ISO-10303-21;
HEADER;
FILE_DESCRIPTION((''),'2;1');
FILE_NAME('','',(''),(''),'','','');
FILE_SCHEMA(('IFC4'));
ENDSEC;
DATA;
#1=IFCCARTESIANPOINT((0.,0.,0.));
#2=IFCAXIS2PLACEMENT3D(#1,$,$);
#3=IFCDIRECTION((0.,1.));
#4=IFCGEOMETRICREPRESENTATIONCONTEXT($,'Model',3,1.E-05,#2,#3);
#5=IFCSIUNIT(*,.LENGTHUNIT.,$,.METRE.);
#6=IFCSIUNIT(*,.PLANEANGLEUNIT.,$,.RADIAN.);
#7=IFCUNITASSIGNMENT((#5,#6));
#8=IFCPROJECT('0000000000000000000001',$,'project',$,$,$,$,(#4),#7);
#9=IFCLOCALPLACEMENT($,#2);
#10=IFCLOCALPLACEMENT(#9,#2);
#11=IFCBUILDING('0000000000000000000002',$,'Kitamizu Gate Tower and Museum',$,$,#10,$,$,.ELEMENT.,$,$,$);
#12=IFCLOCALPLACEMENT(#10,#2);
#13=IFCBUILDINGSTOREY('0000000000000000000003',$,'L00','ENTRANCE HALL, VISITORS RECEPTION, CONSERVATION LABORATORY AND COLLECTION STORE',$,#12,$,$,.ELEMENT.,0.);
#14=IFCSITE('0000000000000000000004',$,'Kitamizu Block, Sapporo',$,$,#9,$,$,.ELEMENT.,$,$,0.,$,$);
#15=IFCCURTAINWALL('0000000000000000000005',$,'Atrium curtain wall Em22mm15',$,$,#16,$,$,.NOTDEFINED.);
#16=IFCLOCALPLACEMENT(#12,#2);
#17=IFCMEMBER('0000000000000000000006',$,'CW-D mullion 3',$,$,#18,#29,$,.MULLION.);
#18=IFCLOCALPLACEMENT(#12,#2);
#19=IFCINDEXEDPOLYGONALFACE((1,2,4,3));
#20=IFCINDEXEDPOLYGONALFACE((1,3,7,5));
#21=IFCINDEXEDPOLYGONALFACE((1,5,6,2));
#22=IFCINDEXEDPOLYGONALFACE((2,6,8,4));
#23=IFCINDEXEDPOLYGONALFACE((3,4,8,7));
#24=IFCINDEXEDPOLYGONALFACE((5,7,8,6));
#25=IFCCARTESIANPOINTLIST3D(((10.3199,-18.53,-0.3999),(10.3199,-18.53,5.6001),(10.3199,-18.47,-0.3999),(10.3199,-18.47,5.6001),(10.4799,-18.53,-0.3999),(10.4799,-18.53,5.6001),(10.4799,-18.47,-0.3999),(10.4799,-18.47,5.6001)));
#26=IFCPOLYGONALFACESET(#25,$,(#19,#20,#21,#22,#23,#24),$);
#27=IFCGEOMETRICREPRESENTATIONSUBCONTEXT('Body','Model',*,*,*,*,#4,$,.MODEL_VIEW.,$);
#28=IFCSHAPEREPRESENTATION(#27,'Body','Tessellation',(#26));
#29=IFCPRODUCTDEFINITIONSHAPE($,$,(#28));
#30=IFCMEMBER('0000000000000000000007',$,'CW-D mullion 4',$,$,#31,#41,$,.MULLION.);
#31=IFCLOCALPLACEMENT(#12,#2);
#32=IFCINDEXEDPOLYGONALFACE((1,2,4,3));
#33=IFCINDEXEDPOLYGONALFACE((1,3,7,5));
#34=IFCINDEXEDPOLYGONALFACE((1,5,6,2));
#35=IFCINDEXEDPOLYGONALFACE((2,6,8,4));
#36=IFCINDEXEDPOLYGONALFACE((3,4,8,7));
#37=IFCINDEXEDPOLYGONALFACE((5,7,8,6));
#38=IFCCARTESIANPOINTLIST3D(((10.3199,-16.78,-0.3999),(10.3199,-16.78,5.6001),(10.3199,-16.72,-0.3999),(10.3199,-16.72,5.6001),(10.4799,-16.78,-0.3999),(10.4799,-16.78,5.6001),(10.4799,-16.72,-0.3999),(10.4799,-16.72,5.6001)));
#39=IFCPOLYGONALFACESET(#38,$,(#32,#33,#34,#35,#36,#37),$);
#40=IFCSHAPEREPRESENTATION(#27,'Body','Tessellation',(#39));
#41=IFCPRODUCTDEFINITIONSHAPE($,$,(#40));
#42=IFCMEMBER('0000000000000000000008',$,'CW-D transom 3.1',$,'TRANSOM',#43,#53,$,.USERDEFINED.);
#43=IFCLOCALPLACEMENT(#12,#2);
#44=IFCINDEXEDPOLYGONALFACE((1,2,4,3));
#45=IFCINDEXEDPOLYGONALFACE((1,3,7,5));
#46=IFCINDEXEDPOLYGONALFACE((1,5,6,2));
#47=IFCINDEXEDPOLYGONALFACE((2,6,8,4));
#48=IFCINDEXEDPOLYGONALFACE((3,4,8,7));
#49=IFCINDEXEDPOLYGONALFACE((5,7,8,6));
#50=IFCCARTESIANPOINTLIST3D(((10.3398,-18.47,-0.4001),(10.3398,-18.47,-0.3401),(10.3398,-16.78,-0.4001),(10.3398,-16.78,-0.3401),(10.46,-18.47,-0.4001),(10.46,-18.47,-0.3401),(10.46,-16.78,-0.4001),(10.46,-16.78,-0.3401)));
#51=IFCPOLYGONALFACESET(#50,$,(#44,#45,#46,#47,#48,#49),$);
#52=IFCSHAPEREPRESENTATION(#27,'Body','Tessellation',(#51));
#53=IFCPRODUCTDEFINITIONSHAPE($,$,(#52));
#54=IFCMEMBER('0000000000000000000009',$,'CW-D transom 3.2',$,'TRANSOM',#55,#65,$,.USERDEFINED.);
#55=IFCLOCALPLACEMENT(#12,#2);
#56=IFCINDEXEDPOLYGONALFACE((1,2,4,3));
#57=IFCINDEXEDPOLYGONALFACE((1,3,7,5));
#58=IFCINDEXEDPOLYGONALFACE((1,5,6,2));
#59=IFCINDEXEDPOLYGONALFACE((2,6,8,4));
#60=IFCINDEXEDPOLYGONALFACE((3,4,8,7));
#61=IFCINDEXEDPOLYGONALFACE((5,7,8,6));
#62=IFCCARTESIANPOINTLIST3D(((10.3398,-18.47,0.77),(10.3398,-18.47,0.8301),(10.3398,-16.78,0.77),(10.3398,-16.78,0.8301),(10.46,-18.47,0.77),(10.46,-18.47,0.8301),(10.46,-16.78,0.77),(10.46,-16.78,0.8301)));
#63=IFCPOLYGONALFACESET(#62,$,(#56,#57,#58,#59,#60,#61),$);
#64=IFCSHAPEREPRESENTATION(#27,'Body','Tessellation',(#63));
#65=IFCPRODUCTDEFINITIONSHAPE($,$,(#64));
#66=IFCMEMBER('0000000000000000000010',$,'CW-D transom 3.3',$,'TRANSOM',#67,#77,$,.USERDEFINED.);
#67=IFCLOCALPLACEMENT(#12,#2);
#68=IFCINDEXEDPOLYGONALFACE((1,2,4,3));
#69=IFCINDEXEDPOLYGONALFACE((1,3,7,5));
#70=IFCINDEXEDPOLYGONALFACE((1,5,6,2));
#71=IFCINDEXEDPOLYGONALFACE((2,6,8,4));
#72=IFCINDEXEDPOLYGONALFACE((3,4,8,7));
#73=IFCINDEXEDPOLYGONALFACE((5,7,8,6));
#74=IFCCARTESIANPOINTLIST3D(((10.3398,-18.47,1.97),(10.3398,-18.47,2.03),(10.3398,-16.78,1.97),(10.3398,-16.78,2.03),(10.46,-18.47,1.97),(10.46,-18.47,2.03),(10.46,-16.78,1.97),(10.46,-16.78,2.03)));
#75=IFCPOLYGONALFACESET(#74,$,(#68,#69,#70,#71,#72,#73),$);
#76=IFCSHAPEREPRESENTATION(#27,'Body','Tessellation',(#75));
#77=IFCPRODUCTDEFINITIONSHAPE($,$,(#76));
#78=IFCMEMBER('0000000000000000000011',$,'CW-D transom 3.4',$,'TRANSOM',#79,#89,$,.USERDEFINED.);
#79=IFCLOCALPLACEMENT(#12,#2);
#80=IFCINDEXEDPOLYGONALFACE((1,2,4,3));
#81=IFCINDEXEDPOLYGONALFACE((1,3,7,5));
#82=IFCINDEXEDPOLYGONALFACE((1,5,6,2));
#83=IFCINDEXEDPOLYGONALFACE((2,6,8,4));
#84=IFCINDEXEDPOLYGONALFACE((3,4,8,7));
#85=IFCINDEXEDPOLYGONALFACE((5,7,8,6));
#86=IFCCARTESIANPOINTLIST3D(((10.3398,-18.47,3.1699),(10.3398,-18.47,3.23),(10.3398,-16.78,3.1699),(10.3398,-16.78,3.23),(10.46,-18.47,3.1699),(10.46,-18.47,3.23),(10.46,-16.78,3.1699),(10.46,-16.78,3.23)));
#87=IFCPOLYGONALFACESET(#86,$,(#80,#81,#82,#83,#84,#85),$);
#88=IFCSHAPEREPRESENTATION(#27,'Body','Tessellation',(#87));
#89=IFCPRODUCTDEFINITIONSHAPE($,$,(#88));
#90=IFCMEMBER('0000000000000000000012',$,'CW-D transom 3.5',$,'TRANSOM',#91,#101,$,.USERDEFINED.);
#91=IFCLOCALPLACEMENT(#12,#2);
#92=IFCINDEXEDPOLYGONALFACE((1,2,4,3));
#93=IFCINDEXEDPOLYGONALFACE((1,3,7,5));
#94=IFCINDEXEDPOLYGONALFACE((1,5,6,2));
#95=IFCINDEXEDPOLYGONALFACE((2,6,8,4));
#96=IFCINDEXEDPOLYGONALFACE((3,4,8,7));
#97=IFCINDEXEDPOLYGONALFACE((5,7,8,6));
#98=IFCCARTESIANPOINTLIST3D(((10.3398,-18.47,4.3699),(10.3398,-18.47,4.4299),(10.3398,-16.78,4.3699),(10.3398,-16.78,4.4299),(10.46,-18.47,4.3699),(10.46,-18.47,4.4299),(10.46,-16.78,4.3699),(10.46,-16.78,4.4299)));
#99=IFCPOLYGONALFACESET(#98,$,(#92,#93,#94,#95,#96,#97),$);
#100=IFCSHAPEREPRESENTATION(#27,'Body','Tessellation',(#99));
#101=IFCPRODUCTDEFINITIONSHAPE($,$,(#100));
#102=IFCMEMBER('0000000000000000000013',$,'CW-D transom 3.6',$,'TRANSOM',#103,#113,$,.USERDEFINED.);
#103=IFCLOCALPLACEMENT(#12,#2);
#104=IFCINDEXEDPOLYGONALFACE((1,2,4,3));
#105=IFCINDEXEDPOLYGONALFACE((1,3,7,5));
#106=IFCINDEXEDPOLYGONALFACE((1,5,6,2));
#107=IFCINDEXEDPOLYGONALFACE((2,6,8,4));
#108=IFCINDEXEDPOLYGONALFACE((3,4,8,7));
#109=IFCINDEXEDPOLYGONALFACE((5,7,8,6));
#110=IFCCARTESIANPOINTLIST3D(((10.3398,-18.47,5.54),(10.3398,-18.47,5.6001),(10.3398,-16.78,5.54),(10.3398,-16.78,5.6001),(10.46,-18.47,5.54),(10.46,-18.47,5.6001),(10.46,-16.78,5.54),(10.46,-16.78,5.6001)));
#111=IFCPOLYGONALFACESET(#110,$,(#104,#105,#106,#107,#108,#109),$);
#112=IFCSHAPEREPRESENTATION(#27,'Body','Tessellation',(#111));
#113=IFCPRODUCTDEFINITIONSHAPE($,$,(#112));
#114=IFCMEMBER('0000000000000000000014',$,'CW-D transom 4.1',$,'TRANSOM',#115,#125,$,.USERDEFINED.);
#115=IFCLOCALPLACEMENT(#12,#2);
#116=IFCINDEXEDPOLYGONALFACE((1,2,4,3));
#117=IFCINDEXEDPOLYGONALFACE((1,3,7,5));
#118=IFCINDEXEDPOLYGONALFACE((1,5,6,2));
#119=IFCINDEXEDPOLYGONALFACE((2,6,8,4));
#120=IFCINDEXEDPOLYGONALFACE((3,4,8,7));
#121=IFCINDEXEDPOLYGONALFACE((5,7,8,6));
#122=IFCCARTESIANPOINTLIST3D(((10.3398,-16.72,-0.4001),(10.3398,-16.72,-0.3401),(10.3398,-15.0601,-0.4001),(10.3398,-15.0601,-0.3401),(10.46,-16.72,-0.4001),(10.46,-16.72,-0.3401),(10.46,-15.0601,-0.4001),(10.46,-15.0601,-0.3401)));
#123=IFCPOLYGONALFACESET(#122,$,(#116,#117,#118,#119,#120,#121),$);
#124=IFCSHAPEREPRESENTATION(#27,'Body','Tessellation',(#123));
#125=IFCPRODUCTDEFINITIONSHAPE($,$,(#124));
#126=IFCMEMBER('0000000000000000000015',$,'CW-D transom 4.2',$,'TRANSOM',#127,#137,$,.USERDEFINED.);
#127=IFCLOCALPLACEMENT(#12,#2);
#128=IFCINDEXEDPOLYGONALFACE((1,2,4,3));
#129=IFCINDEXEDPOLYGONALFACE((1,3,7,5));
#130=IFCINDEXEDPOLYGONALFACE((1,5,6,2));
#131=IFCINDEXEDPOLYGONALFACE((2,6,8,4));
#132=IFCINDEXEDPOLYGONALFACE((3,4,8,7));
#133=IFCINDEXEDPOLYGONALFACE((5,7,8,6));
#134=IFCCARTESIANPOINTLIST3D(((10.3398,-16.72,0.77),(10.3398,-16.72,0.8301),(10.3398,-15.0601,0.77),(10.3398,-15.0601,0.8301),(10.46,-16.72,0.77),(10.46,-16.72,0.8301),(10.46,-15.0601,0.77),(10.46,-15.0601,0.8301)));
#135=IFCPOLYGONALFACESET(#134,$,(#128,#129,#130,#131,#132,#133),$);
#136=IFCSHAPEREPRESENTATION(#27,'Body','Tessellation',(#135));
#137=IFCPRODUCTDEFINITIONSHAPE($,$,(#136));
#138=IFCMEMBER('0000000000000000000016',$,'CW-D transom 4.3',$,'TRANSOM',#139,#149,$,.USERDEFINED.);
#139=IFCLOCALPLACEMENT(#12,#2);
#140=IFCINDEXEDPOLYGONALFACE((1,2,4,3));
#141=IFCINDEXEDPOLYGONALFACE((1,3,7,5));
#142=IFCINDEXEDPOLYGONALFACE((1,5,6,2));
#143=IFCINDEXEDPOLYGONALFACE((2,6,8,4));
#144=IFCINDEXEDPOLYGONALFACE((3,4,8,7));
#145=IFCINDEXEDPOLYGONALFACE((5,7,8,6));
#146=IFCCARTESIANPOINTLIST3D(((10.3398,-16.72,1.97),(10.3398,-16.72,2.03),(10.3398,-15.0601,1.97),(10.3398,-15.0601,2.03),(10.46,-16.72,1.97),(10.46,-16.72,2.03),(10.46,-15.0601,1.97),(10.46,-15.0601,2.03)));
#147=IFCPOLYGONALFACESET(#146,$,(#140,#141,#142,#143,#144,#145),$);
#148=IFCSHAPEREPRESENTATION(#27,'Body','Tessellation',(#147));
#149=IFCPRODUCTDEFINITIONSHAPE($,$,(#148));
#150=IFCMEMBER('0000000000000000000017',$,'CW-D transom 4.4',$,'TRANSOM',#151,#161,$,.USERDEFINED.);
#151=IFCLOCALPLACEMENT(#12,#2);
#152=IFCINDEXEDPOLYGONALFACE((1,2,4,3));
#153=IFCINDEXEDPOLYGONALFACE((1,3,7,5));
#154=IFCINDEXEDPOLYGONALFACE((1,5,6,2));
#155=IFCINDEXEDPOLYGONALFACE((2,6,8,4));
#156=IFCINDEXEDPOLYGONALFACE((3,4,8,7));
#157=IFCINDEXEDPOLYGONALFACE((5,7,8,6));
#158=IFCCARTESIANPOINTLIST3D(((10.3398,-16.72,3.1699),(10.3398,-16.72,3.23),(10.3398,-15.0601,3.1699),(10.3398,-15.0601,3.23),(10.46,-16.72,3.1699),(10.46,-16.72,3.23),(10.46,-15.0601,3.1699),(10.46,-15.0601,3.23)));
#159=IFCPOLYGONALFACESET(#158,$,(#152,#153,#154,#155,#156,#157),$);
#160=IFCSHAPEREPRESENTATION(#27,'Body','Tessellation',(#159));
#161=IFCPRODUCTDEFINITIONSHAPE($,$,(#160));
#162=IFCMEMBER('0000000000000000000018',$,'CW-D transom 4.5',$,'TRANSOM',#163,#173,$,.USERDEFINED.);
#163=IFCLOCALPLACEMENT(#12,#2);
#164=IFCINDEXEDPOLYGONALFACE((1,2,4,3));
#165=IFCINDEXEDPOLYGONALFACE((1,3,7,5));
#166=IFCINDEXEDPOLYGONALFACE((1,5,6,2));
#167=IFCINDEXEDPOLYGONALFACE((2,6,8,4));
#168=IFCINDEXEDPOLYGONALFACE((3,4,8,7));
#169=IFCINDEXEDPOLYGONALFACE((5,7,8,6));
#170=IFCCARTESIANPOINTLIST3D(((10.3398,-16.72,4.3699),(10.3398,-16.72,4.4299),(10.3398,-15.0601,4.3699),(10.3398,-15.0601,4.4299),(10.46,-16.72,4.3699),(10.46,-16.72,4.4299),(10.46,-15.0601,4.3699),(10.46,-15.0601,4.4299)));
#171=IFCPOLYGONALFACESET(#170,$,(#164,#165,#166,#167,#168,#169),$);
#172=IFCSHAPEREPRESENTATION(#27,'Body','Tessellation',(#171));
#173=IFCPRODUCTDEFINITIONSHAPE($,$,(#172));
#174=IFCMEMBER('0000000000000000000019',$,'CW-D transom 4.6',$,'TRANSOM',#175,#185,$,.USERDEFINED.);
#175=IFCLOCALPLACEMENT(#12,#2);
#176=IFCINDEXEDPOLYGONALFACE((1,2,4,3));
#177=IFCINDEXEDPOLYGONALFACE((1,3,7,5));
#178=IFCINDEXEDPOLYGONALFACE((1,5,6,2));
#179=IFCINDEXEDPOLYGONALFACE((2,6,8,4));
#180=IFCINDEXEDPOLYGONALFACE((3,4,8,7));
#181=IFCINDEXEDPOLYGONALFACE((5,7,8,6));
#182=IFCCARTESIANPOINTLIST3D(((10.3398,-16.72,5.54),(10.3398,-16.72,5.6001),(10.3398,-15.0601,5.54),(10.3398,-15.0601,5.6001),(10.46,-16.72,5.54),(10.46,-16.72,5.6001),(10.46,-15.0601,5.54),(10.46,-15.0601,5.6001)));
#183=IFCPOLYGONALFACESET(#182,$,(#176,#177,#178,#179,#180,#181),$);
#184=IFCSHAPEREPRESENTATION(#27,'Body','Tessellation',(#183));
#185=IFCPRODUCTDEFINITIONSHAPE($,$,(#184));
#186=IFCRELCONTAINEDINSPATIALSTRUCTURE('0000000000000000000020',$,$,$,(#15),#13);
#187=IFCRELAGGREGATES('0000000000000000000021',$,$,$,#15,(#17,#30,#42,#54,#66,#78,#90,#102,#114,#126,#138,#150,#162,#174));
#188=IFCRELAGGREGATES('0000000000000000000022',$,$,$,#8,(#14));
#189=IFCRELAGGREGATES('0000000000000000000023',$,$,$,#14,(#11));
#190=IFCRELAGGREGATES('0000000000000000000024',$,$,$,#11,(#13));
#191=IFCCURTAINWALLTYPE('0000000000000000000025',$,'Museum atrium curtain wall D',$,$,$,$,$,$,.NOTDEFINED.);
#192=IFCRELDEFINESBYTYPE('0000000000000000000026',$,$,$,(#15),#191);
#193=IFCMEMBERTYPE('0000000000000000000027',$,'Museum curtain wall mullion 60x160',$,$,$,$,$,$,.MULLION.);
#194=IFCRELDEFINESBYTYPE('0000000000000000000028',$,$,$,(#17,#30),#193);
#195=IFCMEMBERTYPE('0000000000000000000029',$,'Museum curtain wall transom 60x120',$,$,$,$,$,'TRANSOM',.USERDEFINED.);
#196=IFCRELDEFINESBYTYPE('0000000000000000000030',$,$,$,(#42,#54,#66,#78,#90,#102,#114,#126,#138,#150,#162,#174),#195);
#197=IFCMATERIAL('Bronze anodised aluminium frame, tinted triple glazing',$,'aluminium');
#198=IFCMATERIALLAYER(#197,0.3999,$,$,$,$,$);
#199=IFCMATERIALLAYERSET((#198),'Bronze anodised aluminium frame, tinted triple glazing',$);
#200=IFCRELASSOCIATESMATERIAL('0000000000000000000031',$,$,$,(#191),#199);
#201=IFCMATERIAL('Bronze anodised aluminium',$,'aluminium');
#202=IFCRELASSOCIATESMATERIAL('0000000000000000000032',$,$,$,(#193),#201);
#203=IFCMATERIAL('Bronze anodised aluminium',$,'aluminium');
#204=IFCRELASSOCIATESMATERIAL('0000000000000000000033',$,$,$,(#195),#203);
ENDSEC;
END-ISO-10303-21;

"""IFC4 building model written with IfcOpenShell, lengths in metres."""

from ifc_helpers import new_model, si_unit, direction, frame, origin, origin_2d, place, context, subcontext, project, spatial, rectangle, extrude, material, layer, layer_set, material_profile, profile_set, type_object, element, aggregate, save


model = new_model("IFC4")

# Units and contexts
model_context = context("Model", 3, precision=1e-05, world=origin(), true_north=direction((0.0, 1.0)))
body_context = subcontext(model_context, "Body", "Model", "MODEL_VIEW")
ifc_project = project(units=[si_unit("LENGTHUNIT", "METRE"), si_unit("PLANEANGLEUNIT", "RADIAN")], contexts=[model_context])

# Site, building, storey
site_placement = place(None, origin())
site = spatial("IfcSite", under=ifc_project, at=site_placement, Name="Kitamizu Block, Sapporo", CompositionType="ELEMENT", RefElevation=0.0)
building_placement = place(site_placement, origin())
building = spatial("IfcBuilding", under=site, at=building_placement, Name="Kitamizu Gate Tower and Museum", CompositionType="ELEMENT")
storey_placement = place(building_placement, origin())
storey = spatial("IfcBuildingStorey", under=building, at=storey_placement, Name="L00", Description="ENTRANCE HALL, VISITORS RECEPTION, CONSERVATION LABORATORY AND COLLECTION STORE", CompositionType="ELEMENT", Elevation=0.0)

# Curtain wall, members
ifc_material_1 = material(Name="Bronze anodised aluminium frame, tinted triple glazing", Category="aluminium")
ifc_layer_1 = layer(ifc_material_1, 0.3999)
ifc_layer_set_1 = layer_set([ifc_layer_1], Name="Bronze anodised aluminium frame, tinted triple glazing")
curtain_wall_type = type_object("IfcCurtainWallType", Name="Museum atrium curtain wall D", PredefinedType="NOTDEFINED", material=ifc_layer_set_1)
curtain_wall_placement = place(storey_placement, origin())
curtain_wall = element("IfcCurtainWall", 1, at=curtain_wall_placement, inside=storey, type_object=curtain_wall_type, Name="Atrium curtain wall Em22mm15", PredefinedType="NOTDEFINED")
ifc_material_2 = material(Name="Bronze anodised aluminium", Category="aluminium")
ifc_material_profile_1 = material_profile(ifc_material_2, rectangle(XDim=0.0601, YDim=0.1599, at=origin_2d()), Name="60x160")
ifc_profile_set_1 = profile_set([ifc_material_profile_1], Name="Bronze anodised aluminium")
member_type_1 = type_object("IfcMemberType", Name="Museum curtain wall mullion 60x160", PredefinedType="MULLION", material=ifc_profile_set_1)
member_1_placement = place(storey_placement, frame((10.3999, -18.5, -0.3999), z_axis=(0.0, 0.0, 1.0), x_axis=(0.0, 1.0, 0.0)))
member_1 = element("IfcMember", 2, at=member_1_placement, type_object=member_type_1, Name="CW-D mullion 3", PredefinedType="MULLION", context=body_context, shape_type="SweptSolid", body=[
    extrude(rectangle(XDim=0.0601, YDim=0.1599, at=origin_2d()), origin(), (0.0, 0.0, 1.0), 6.0),
])
member_2_placement = place(storey_placement, frame((10.3999, -16.75, -0.3999), z_axis=(0.0, 0.0, 1.0), x_axis=(0.0, 1.0, 0.0)))
member_2 = element("IfcMember", 3, at=member_2_placement, type_object=member_type_1, Name="CW-D mullion 4", PredefinedType="MULLION", context=body_context, shape_type="SweptSolid", body=[
    extrude(rectangle(XDim=0.0601, YDim=0.1599, at=origin_2d()), origin(), (0.0, 0.0, 1.0), 6.0),
])
ifc_material_3 = material(Name="Bronze anodised aluminium", Category="aluminium")
ifc_material_profile_2 = material_profile(ifc_material_3, rectangle(XDim=0.1201, YDim=0.0601, at=origin_2d()), Name="120x60")
ifc_profile_set_2 = profile_set([ifc_material_profile_2], Name="Bronze anodised aluminium")
member_type_2 = type_object("IfcMemberType", Name="Museum curtain wall transom 60x120", ElementType="TRANSOM", PredefinedType="USERDEFINED", material=ifc_profile_set_2)
member_3_placement = place(storey_placement, frame((10.3999, -18.47, -0.3701), z_axis=(0.0, 1.0, 0.0), x_axis=(-1.0, 0.0, 0.0)))
member_3 = element("IfcMember", 4, at=member_3_placement, type_object=member_type_2, Name="CW-D transom 3.1", ObjectType="TRANSOM", PredefinedType="USERDEFINED", context=body_context, shape_type="SweptSolid", body=[
    extrude(rectangle(XDim=0.1201, YDim=0.0601, at=origin_2d()), origin(), (0.0, 0.0, 1.0), 1.6899),
])
member_4_placement = place(storey_placement, frame((10.3999, -18.47, 0.8), z_axis=(0.0, 1.0, 0.0), x_axis=(-1.0, 0.0, 0.0)))
member_4 = element("IfcMember", 5, at=member_4_placement, type_object=member_type_2, Name="CW-D transom 3.2", ObjectType="TRANSOM", PredefinedType="USERDEFINED", context=body_context, shape_type="SweptSolid", body=[
    extrude(rectangle(XDim=0.1201, YDim=0.0601, at=origin_2d()), origin(), (0.0, 0.0, 1.0), 1.6899),
])
member_5_placement = place(storey_placement, frame((10.3999, -18.47, 2.0), z_axis=(0.0, 1.0, 0.0), x_axis=(-1.0, 0.0, 0.0)))
member_5 = element("IfcMember", 6, at=member_5_placement, type_object=member_type_2, Name="CW-D transom 3.3", ObjectType="TRANSOM", PredefinedType="USERDEFINED", context=body_context, shape_type="SweptSolid", body=[
    extrude(rectangle(XDim=0.1201, YDim=0.0601, at=origin_2d()), origin(), (0.0, 0.0, 1.0), 1.6899),
])
member_6_placement = place(storey_placement, frame((10.3999, -18.47, 3.2), z_axis=(0.0, 1.0, 0.0), x_axis=(-1.0, 0.0, 0.0)))
member_6 = element("IfcMember", 7, at=member_6_placement, type_object=member_type_2, Name="CW-D transom 3.4", ObjectType="TRANSOM", PredefinedType="USERDEFINED", context=body_context, shape_type="SweptSolid", body=[
    extrude(rectangle(XDim=0.1201, YDim=0.0601, at=origin_2d()), origin(), (0.0, 0.0, 1.0), 1.6899),
])
member_7_placement = place(storey_placement, frame((10.3999, -18.47, 4.3999), z_axis=(0.0, 1.0, 0.0), x_axis=(-1.0, 0.0, 0.0)))
member_7 = element("IfcMember", 8, at=member_7_placement, type_object=member_type_2, Name="CW-D transom 3.5", ObjectType="TRANSOM", PredefinedType="USERDEFINED", context=body_context, shape_type="SweptSolid", body=[
    extrude(rectangle(XDim=0.1201, YDim=0.0601, at=origin_2d()), origin(), (0.0, 0.0, 1.0), 1.6899),
])
member_8_placement = place(storey_placement, frame((10.3999, -18.47, 5.5701), z_axis=(0.0, 1.0, 0.0), x_axis=(-1.0, 0.0, 0.0)))
member_8 = element("IfcMember", 9, at=member_8_placement, type_object=member_type_2, Name="CW-D transom 3.6", ObjectType="TRANSOM", PredefinedType="USERDEFINED", context=body_context, shape_type="SweptSolid", body=[
    extrude(rectangle(XDim=0.1201, YDim=0.0601, at=origin_2d()), origin(), (0.0, 0.0, 1.0), 1.6899),
])
member_9_placement = place(storey_placement, frame((10.3999, -16.72, -0.3701), z_axis=(0.0, 1.0, 0.0), x_axis=(-1.0, 0.0, 0.0)))
member_9 = element("IfcMember", 10, at=member_9_placement, type_object=member_type_2, Name="CW-D transom 4.1", ObjectType="TRANSOM", PredefinedType="USERDEFINED", context=body_context, shape_type="SweptSolid", body=[
    extrude(rectangle(XDim=0.1201, YDim=0.0601, at=origin_2d()), origin(), (0.0, 0.0, 1.0), 1.6599),
])
member_10_placement = place(storey_placement, frame((10.3999, -16.72, 0.8), z_axis=(0.0, 1.0, 0.0), x_axis=(-1.0, 0.0, 0.0)))
member_10 = element("IfcMember", 11, at=member_10_placement, type_object=member_type_2, Name="CW-D transom 4.2", ObjectType="TRANSOM", PredefinedType="USERDEFINED", context=body_context, shape_type="SweptSolid", body=[
    extrude(rectangle(XDim=0.1201, YDim=0.0601, at=origin_2d()), origin(), (0.0, 0.0, 1.0), 1.6599),
])
member_11_placement = place(storey_placement, frame((10.3999, -16.72, 2.0), z_axis=(0.0, 1.0, 0.0), x_axis=(-1.0, 0.0, 0.0)))
member_11 = element("IfcMember", 12, at=member_11_placement, type_object=member_type_2, Name="CW-D transom 4.3", ObjectType="TRANSOM", PredefinedType="USERDEFINED", context=body_context, shape_type="SweptSolid", body=[
    extrude(rectangle(XDim=0.1201, YDim=0.0601, at=origin_2d()), origin(), (0.0, 0.0, 1.0), 1.6599),
])
member_12_placement = place(storey_placement, frame((10.3999, -16.72, 3.2), z_axis=(0.0, 1.0, 0.0), x_axis=(-1.0, 0.0, 0.0)))
member_12 = element("IfcMember", 13, at=member_12_placement, type_object=member_type_2, Name="CW-D transom 4.4", ObjectType="TRANSOM", PredefinedType="USERDEFINED", context=body_context, shape_type="SweptSolid", body=[
    extrude(rectangle(XDim=0.1201, YDim=0.0601, at=origin_2d()), origin(), (0.0, 0.0, 1.0), 1.6599),
])
member_13_placement = place(storey_placement, frame((10.3999, -16.72, 4.3999), z_axis=(0.0, 1.0, 0.0), x_axis=(-1.0, 0.0, 0.0)))
member_13 = element("IfcMember", 14, at=member_13_placement, type_object=member_type_2, Name="CW-D transom 4.5", ObjectType="TRANSOM", PredefinedType="USERDEFINED", context=body_context, shape_type="SweptSolid", body=[
    extrude(rectangle(XDim=0.1201, YDim=0.0601, at=origin_2d()), origin(), (0.0, 0.0, 1.0), 1.6599),
])
member_14_placement = place(storey_placement, frame((10.3999, -16.72, 5.5701), z_axis=(0.0, 1.0, 0.0), x_axis=(-1.0, 0.0, 0.0)))
member_14 = element("IfcMember", 15, at=member_14_placement, type_object=member_type_2, Name="CW-D transom 4.6", ObjectType="TRANSOM", PredefinedType="USERDEFINED", context=body_context, shape_type="SweptSolid", body=[
    extrude(rectangle(XDim=0.1201, YDim=0.0601, at=origin_2d()), origin(), (0.0, 0.0, 1.0), 1.6599),
])
aggregate(curtain_wall, [member_1, member_2, member_3, member_4, member_5, member_6, member_7, member_8, member_9, member_10, member_11, member_12, member_13, member_14])

save(model, "model.ifc")
